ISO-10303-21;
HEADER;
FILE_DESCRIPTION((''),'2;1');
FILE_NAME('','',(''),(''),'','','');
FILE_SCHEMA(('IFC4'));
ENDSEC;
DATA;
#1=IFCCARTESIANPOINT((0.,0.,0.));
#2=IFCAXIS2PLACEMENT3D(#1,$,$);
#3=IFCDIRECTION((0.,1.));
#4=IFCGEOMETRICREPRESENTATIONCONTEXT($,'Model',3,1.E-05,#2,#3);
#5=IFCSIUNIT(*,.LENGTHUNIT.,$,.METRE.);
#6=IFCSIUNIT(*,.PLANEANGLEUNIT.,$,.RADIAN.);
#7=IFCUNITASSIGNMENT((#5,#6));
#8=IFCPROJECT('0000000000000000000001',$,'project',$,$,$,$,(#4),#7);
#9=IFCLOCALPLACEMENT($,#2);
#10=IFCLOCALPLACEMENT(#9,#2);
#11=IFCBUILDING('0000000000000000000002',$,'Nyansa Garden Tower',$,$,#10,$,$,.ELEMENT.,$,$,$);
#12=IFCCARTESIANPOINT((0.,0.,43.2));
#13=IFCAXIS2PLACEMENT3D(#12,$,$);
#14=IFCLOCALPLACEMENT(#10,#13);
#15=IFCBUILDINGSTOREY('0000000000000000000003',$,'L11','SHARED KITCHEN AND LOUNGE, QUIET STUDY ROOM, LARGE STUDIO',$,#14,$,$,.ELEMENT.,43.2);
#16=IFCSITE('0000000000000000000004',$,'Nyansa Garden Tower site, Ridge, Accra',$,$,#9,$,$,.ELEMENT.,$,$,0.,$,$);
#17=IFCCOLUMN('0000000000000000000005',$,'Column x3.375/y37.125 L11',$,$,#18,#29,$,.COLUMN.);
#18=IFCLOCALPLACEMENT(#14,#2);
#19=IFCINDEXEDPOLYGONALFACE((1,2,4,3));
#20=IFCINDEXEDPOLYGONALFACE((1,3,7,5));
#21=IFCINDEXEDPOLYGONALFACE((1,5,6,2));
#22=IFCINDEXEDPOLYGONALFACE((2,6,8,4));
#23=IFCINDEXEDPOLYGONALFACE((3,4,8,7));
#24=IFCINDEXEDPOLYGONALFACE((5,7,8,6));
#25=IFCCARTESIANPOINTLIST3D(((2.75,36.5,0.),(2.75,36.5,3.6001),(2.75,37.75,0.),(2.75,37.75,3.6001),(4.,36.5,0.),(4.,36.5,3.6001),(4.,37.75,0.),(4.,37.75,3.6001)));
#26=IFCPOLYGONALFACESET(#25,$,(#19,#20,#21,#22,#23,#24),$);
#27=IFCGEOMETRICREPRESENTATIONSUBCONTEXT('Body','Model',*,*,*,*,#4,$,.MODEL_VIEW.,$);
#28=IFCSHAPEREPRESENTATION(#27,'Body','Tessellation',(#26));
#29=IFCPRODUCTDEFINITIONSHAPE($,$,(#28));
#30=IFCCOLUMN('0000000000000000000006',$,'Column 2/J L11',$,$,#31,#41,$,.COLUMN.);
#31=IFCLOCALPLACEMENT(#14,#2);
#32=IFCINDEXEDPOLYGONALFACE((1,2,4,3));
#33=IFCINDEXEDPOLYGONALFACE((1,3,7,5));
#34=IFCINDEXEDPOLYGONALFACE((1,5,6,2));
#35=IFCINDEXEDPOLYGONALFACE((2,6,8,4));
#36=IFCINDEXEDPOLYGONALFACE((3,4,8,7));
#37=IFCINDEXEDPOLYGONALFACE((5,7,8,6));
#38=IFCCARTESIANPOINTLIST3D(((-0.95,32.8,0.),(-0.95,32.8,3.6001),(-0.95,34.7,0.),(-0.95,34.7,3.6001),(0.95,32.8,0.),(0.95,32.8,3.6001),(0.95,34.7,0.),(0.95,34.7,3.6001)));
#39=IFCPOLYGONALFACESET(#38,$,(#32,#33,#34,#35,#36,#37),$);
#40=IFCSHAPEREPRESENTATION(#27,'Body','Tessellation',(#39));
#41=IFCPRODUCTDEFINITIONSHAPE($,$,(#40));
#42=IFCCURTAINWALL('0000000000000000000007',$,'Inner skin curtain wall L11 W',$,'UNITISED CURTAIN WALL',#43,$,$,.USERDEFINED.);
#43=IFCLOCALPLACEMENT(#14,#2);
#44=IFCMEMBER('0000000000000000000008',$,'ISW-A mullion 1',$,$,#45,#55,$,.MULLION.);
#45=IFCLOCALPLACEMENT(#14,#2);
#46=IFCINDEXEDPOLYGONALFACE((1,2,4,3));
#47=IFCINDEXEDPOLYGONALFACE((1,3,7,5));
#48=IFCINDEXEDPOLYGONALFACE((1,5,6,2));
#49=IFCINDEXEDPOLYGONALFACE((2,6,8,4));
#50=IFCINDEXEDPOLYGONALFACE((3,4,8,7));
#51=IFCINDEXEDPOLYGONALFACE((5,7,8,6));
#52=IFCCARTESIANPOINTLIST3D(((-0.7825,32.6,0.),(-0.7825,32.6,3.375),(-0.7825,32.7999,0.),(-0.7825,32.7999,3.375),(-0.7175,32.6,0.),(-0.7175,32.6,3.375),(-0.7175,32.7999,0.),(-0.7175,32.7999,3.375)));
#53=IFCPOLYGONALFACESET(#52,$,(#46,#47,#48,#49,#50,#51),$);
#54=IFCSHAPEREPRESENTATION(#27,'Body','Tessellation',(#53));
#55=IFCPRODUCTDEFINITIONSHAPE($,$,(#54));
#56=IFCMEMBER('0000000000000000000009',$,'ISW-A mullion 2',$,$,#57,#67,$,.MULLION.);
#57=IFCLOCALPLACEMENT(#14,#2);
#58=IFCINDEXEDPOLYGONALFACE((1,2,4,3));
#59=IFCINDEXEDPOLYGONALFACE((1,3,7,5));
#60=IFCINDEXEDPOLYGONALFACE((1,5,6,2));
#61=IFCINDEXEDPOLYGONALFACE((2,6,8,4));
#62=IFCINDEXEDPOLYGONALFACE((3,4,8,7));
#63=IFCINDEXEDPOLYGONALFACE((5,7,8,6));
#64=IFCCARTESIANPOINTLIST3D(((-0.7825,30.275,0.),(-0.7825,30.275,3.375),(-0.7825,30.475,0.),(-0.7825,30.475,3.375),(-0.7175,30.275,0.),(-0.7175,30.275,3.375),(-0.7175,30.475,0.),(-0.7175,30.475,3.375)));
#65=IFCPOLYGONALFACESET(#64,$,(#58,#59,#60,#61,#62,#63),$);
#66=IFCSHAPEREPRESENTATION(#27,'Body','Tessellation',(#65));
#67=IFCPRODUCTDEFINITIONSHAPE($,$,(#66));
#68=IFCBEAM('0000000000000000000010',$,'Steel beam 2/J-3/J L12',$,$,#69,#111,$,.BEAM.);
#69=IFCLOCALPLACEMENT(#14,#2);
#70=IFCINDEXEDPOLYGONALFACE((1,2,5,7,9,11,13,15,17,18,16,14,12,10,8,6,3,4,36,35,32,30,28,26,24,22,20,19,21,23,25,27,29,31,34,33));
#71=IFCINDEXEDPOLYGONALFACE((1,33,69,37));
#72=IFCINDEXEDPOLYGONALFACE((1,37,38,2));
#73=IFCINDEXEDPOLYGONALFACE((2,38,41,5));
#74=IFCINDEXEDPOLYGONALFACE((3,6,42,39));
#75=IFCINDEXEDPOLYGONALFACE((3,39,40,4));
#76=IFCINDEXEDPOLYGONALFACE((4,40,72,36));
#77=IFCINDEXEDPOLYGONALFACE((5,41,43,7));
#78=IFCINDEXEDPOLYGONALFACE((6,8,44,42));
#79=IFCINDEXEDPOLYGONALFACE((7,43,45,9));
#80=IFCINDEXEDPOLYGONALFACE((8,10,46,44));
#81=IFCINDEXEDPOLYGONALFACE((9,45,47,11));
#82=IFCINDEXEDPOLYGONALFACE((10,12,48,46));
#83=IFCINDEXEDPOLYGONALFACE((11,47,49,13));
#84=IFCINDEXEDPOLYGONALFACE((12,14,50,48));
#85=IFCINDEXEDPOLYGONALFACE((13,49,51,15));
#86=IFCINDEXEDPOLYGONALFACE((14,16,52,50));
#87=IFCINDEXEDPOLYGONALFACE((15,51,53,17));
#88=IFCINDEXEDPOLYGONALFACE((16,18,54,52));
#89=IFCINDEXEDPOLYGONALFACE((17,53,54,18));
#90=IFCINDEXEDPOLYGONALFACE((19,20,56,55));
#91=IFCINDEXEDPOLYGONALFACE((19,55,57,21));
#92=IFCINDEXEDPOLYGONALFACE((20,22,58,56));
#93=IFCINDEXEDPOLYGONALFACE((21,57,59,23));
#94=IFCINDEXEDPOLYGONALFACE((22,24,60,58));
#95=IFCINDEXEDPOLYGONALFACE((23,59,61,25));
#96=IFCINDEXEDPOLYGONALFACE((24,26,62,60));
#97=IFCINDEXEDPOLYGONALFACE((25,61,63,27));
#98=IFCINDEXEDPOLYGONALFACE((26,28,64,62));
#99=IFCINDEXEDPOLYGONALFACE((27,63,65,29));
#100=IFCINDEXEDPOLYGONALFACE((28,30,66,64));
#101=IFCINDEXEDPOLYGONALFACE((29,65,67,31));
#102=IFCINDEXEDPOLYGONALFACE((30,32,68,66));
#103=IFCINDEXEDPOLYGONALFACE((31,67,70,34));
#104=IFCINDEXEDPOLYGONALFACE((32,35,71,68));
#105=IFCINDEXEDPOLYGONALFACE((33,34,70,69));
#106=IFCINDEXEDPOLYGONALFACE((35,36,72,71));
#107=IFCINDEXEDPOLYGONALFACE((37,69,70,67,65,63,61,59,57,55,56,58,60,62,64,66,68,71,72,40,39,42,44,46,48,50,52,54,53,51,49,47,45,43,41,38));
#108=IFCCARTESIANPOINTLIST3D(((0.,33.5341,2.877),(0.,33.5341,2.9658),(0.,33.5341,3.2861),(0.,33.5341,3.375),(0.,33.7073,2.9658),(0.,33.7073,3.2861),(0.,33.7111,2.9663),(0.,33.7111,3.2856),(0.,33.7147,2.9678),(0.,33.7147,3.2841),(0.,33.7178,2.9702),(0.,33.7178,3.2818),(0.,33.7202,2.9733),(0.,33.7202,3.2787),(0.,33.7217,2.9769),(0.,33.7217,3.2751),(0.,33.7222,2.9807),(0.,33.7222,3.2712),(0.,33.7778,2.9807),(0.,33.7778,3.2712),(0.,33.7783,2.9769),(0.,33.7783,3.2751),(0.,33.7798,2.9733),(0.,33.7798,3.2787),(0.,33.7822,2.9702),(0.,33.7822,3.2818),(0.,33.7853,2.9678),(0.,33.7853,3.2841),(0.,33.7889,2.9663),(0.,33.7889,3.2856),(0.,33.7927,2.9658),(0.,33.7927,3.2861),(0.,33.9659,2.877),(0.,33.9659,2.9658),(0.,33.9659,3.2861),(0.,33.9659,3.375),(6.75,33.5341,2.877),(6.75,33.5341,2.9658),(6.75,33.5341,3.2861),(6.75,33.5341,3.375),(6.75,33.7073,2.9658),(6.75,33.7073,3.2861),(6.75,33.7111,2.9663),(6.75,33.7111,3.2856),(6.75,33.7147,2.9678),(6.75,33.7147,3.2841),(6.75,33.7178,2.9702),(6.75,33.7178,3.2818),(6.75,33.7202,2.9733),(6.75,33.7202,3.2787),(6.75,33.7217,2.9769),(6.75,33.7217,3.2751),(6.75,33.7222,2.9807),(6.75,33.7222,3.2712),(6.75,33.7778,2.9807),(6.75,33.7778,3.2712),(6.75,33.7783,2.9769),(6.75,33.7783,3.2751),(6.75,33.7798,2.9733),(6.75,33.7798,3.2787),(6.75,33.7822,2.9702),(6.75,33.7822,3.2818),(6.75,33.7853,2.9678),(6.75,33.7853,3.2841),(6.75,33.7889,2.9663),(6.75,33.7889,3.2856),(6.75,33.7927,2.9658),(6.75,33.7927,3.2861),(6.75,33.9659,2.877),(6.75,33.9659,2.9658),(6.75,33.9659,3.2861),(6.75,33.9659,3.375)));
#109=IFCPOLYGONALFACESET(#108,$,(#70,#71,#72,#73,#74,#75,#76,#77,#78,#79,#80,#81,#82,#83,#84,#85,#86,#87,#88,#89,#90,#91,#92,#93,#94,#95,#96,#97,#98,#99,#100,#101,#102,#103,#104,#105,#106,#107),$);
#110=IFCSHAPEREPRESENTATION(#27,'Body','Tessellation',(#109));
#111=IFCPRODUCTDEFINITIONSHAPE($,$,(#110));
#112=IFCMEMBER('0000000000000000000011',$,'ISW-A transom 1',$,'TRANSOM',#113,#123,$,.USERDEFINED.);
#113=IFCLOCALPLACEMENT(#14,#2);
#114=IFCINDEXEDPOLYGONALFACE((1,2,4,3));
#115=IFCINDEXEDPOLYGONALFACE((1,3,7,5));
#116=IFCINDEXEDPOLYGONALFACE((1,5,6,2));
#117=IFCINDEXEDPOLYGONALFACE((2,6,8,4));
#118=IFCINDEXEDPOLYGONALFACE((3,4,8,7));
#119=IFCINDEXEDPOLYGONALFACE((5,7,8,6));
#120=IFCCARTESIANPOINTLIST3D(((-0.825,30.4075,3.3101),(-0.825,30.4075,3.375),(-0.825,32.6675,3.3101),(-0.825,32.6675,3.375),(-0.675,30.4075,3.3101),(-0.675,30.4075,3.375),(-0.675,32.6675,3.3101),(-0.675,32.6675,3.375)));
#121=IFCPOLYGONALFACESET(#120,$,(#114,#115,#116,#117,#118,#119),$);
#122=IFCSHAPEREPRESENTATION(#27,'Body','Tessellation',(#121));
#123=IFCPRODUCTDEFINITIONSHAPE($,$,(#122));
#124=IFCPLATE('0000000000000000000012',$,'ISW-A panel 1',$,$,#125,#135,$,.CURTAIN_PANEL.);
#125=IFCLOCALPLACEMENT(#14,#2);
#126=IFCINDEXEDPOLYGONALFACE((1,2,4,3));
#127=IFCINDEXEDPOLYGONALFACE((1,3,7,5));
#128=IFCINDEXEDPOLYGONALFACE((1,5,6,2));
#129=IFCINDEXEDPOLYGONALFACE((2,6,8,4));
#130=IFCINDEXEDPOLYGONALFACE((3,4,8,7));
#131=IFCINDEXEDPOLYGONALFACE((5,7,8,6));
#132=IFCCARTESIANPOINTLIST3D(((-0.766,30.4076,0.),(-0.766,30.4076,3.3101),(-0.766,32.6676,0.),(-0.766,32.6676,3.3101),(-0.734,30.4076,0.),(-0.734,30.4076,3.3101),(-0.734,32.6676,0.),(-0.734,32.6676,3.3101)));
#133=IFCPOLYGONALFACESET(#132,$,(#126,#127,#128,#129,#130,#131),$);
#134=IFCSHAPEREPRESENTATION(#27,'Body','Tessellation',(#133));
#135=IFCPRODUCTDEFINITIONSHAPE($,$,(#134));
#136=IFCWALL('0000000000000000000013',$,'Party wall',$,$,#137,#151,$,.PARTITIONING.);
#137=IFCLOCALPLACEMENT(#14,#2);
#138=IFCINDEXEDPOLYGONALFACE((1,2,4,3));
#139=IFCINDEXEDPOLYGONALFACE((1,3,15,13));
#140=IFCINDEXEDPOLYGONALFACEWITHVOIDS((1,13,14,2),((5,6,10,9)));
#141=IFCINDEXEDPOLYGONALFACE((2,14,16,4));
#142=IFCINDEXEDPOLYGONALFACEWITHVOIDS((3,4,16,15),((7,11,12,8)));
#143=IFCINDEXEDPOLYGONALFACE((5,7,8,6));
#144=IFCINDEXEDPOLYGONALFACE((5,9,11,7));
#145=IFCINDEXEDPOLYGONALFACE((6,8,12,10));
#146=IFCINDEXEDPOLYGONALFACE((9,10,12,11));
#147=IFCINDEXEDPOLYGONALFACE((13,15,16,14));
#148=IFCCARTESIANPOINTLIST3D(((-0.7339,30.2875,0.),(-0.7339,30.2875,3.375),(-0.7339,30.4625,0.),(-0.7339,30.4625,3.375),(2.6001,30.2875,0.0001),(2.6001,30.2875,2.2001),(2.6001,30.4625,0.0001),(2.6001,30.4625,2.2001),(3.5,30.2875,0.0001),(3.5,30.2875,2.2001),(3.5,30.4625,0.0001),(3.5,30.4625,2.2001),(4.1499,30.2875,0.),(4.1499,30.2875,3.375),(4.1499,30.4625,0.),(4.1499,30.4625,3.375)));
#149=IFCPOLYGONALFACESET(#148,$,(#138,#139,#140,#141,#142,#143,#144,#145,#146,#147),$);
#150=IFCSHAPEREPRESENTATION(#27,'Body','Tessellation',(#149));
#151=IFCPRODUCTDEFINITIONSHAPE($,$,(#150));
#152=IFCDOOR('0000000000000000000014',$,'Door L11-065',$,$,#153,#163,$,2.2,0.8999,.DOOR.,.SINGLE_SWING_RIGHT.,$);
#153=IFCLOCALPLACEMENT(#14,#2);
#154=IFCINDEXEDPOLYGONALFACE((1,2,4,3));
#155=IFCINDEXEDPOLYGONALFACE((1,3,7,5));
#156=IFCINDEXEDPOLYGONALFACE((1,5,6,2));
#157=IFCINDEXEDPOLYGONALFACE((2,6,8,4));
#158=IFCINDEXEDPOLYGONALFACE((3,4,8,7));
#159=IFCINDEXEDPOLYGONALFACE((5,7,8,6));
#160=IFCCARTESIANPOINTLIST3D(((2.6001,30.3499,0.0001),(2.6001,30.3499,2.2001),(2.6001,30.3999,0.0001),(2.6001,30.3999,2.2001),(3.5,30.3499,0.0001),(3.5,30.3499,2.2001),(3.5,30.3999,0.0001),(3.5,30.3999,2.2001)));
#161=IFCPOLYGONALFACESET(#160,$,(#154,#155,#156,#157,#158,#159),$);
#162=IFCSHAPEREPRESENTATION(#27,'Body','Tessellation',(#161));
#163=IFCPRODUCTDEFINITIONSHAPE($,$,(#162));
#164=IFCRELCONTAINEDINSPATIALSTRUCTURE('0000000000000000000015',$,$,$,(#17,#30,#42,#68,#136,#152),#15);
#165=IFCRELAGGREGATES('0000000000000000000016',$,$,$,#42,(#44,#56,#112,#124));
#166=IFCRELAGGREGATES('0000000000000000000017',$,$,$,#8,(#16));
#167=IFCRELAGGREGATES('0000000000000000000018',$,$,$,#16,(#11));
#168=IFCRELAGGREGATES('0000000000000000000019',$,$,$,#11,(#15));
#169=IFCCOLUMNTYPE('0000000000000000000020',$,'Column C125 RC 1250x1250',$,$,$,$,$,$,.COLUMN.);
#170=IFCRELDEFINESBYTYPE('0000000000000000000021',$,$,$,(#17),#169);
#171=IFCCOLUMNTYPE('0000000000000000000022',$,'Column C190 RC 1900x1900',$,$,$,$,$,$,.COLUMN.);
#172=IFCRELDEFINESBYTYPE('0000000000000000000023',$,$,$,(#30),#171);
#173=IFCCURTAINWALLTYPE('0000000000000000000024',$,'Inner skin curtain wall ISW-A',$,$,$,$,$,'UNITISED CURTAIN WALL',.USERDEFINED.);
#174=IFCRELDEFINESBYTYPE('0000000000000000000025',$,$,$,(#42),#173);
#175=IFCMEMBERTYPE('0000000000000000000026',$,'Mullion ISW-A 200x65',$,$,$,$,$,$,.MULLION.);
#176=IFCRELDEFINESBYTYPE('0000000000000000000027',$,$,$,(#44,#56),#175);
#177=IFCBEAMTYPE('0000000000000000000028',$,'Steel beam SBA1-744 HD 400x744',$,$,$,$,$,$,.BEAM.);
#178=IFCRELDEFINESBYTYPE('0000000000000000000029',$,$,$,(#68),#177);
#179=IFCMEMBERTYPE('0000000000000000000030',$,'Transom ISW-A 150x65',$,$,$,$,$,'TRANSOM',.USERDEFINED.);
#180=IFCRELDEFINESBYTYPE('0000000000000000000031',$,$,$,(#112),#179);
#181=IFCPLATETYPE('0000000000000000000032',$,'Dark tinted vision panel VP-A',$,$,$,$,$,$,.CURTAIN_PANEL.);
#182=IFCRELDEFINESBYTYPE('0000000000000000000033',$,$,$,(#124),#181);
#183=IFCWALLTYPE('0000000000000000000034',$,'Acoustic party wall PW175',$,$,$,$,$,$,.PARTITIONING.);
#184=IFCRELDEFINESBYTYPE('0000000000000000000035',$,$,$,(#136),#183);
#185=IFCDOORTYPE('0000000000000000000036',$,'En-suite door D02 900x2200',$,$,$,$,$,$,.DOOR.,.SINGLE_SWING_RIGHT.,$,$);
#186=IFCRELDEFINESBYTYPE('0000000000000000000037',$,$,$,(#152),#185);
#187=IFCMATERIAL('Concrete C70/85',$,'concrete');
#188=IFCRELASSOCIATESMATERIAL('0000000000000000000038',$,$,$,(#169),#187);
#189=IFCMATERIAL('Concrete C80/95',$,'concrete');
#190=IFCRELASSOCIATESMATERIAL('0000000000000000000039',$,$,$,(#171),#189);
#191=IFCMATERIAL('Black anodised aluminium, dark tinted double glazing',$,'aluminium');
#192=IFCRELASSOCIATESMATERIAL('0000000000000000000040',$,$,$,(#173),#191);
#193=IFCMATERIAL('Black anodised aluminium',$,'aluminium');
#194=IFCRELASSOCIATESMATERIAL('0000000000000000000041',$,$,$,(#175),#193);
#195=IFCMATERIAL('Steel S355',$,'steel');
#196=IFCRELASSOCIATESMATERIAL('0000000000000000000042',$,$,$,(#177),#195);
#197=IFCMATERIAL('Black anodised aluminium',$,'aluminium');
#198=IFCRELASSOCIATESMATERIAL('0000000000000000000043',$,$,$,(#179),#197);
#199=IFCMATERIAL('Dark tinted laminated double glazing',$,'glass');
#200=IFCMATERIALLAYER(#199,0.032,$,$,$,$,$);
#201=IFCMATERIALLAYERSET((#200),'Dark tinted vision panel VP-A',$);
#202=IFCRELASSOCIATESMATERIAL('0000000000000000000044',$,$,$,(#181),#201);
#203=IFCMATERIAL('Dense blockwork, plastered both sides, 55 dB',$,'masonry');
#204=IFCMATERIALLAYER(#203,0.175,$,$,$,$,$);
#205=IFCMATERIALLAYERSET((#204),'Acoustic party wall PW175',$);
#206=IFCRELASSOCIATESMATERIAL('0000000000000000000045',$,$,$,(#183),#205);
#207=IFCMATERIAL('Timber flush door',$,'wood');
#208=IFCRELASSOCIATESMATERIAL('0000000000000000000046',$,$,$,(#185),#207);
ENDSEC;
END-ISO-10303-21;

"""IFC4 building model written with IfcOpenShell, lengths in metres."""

from ifc_helpers import new_model, si_unit, direction, frame, frame_2d, origin, origin_2d, place, context, subcontext, project, spatial, rectangle, i_section, extrude, material, layer, layer_set, material_profile, profile_set, type_object, element, fill, aggregate, save


model = new_model("IFC4")

# Units and contexts
model_context = context("Model", 3, precision=1e-05, world=origin(), true_north=direction((0.0, 1.0)))
body_context = subcontext(model_context, "Body", "Model", "MODEL_VIEW")
ifc_project = project(units=[si_unit("LENGTHUNIT", "METRE"), si_unit("PLANEANGLEUNIT", "RADIAN")], contexts=[model_context])

# Site, building, storey
site_placement = place(None, origin())
site = spatial("IfcSite", under=ifc_project, at=site_placement, Name="Nyansa Garden Tower site, Ridge, Accra", CompositionType="ELEMENT", RefElevation=0.0)
building_placement = place(site_placement, origin())
building = spatial("IfcBuilding", under=site, at=building_placement, Name="Nyansa Garden Tower", CompositionType="ELEMENT")
storey_placement = place(building_placement, frame((0.0, 0.0, 43.2)))
storey = spatial("IfcBuildingStorey", under=building, at=storey_placement, Name="L11", Description="SHARED KITCHEN AND LOUNGE, QUIET STUDY ROOM, LARGE STUDIO", CompositionType="ELEMENT", Elevation=43.2)

# Columns
ifc_material_1 = material(Name="Concrete C70/85", Category="concrete")
ifc_material_profile_1 = material_profile(ifc_material_1, rectangle(XDim=1.25, YDim=1.25, at=origin_2d()), Name="RC 1250x1250")
ifc_profile_set_1 = profile_set([ifc_material_profile_1], Name="Concrete C70/85")
column_type_1 = type_object("IfcColumnType", Name="Column C125 RC 1250x1250", PredefinedType="COLUMN", material=ifc_profile_set_1)
column_1_placement = place(storey_placement, frame((3.375, 37.125, 0.0), z_axis=(0.0, 0.0, 1.0), x_axis=(1.0, 0.0, 0.0)))
element("IfcColumn", 1, at=column_1_placement, inside=storey, type_object=column_type_1, Name="Column x3.375/y37.125 L11", PredefinedType="COLUMN", context=body_context, shape_type="SweptSolid", body=[
    extrude(rectangle(XDim=1.25, YDim=1.25, at=origin_2d()), origin(), (0.0, 0.0, 1.0), 3.6001),
])
ifc_material_2 = material(Name="Concrete C80/95", Category="concrete")
ifc_material_profile_2 = material_profile(ifc_material_2, rectangle(XDim=1.8999, YDim=1.8999, at=origin_2d()), Name="RC 1900x1900")
ifc_profile_set_2 = profile_set([ifc_material_profile_2], Name="Concrete C80/95")
column_type_2 = type_object("IfcColumnType", Name="Column C190 RC 1900x1900", PredefinedType="COLUMN", material=ifc_profile_set_2)
column_2_placement = place(storey_placement, frame((0.0, 33.75, 0.0), z_axis=(0.0, 0.0, 1.0), x_axis=(1.0, 0.0, 0.0)))
element("IfcColumn", 2, at=column_2_placement, inside=storey, type_object=column_type_2, Name="Column 2/J L11", PredefinedType="COLUMN", context=body_context, shape_type="SweptSolid", body=[
    extrude(rectangle(XDim=1.8999, YDim=1.8999, at=origin_2d()), origin(), (0.0, 0.0, 1.0), 3.6001),
])

# Curtain wall, members
ifc_material_3 = material(Name="Black anodised aluminium, dark tinted double glazing", Category="aluminium")
curtain_wall_type = type_object("IfcCurtainWallType", Name="Inner skin curtain wall ISW-A", ElementType="UNITISED CURTAIN WALL", PredefinedType="USERDEFINED", material=ifc_material_3)
curtain_wall_placement = place(storey_placement, origin())
curtain_wall = element("IfcCurtainWall", 3, at=curtain_wall_placement, inside=storey, type_object=curtain_wall_type, Name="Inner skin curtain wall L11 W", ObjectType="UNITISED CURTAIN WALL", PredefinedType="USERDEFINED")
ifc_material_4 = material(Name="Black anodised aluminium", Category="aluminium")
ifc_material_profile_3 = material_profile(ifc_material_4, rectangle(XDim=0.0649, YDim=0.2, at=origin_2d()), Name="Mullion 200x65")
ifc_profile_set_3 = profile_set([ifc_material_profile_3], Name="Black anodised aluminium")
member_type_1 = type_object("IfcMemberType", Name="Mullion ISW-A 200x65", PredefinedType="MULLION", material=ifc_profile_set_3)
member_1_placement = place(storey_placement, frame((-0.75, 32.7, 0.0), z_axis=(0.0, 0.0, 1.0), x_axis=(1.0, 0.0, 0.0)))
member_1 = element("IfcMember", 4, at=member_1_placement, type_object=member_type_1, Name="ISW-A mullion 1", PredefinedType="MULLION", context=body_context, shape_type="SweptSolid", body=[
    extrude(rectangle(XDim=0.0649, YDim=0.2, at=origin_2d()), origin(), (0.0, 0.0, 1.0), 3.375),
])
member_2_placement = place(storey_placement, frame((-0.75, 30.375, 0.0), z_axis=(0.0, 0.0, 1.0), x_axis=(1.0, 0.0, 0.0)))
member_2 = element("IfcMember", 5, at=member_2_placement, type_object=member_type_1, Name="ISW-A mullion 2", PredefinedType="MULLION", context=body_context, shape_type="SweptSolid", body=[
    extrude(rectangle(XDim=0.0649, YDim=0.2, at=origin_2d()), origin(), (0.0, 0.0, 1.0), 3.375),
])

# Beam
ifc_material_5 = material(Name="Steel S355", Category="steel")
ifc_material_profile_4 = material_profile(ifc_material_5, i_section(OverallWidth=0.4319, OverallDepth=0.498, WebThickness=0.0557, FlangeThickness=0.0889, FilletRadius=0.0149, at=origin_2d()), Name="HD 400x744")
ifc_profile_set_4 = profile_set([ifc_material_profile_4], Name="Steel S355")
beam_type = type_object("IfcBeamType", Name="Steel beam SBA1-744 HD 400x744", PredefinedType="BEAM", material=ifc_profile_set_4)
beam_placement = place(storey_placement, frame((0.0, 33.75, 3.126), z_axis=(1.0, 0.0, 0.0), x_axis=(0.0, 1.0, 0.0)))
element("IfcBeam", 6, at=beam_placement, inside=storey, type_object=beam_type, Name="Steel beam 2/J-3/J L12", PredefinedType="BEAM", context=body_context, shape_type="SweptSolid", body=[
    extrude(i_section(OverallWidth=0.4319, OverallDepth=0.498, WebThickness=0.0557, FlangeThickness=0.0889, FilletRadius=0.0149, at=origin_2d()), origin(), (0.0, 0.0, 1.0), 6.75),
])

# Member
ifc_material_6 = material(Name="Black anodised aluminium", Category="aluminium")
ifc_material_profile_5 = material_profile(ifc_material_6, rectangle(XDim=0.1499, YDim=0.0649, at=origin_2d()), Name="Transom 150x65")
ifc_profile_set_5 = profile_set([ifc_material_profile_5], Name="Black anodised aluminium")
member_type_2 = type_object("IfcMemberType", Name="Transom ISW-A 150x65", ElementType="TRANSOM", PredefinedType="USERDEFINED", material=ifc_profile_set_5)
member_3_placement = place(storey_placement, frame((-0.75, 32.6675, 3.3425), z_axis=(0.0, -1.0, 0.0), x_axis=(1.0, 0.0, 0.0)))
member_3 = element("IfcMember", 7, at=member_3_placement, type_object=member_type_2, Name="ISW-A transom 1", ObjectType="TRANSOM", PredefinedType="USERDEFINED", context=body_context, shape_type="SweptSolid", body=[
    extrude(rectangle(XDim=0.1499, YDim=0.0649, at=origin_2d()), origin(), (0.0, 0.0, 1.0), 2.26),
])

# Plate
ifc_material_7 = material(Name="Dark tinted laminated double glazing", Category="glass")
ifc_layer_1 = layer(ifc_material_7, 0.032)
ifc_layer_set_1 = layer_set([ifc_layer_1], Name="Dark tinted vision panel VP-A")
plate_type = type_object("IfcPlateType", Name="Dark tinted vision panel VP-A", PredefinedType="CURTAIN_PANEL", material=ifc_layer_set_1)
plate_placement = place(storey_placement, frame((-0.75, 31.5376, 0.0), z_axis=(0.0, 0.0, 1.0), x_axis=(0.0, -1.0, 0.0)))
plate = element("IfcPlate", 8, at=plate_placement, type_object=plate_type, Name="ISW-A panel 1", PredefinedType="CURTAIN_PANEL", context=body_context, shape_type="SweptSolid", body=[
    extrude(rectangle(XDim=2.26, YDim=0.032, at=origin_2d()), origin(), (0.0, 0.0, 1.0), 3.3101),
])
aggregate(curtain_wall, [member_1, member_2, member_3, plate])

# Wall, opening, door
ifc_material_8 = material(Name="Dense blockwork, plastered both sides, 55 dB", Category="masonry")
ifc_layer_2 = layer(ifc_material_8, 0.175)
ifc_layer_set_2 = layer_set([ifc_layer_2], Name="Acoustic party wall PW175")
wall_type_1 = type_object("IfcWallType", Name="Acoustic party wall PW175", PredefinedType="PARTITIONING", material=ifc_layer_set_2)
wall_1_placement = place(storey_placement, frame((-0.7339, 30.375, 0.0), z_axis=(0.0, 0.0, 1.0), x_axis=(1.0, 0.0, 0.0)))
wall_1 = element("IfcWall", 9, at=wall_1_placement, inside=storey, type_object=wall_type_1, Name="Party wall", PredefinedType="PARTITIONING", context=body_context, shape_type="SweptSolid", body=[
    extrude(rectangle(XDim=4.8838, YDim=0.175, at=frame_2d((2.4419, 0.0))), origin(), (0.0, 0.0, 1.0), 3.375),
])
opening_1_placement = place(wall_1_placement, frame((3.334, 0.0, 0.0)))
opening_1 = element("IfcOpeningElement", 10, at=opening_1_placement, cuts=wall_1, PredefinedType="OPENING", context=body_context, shape_type="SweptSolid", body=[
    extrude(rectangle(XDim=0.8999, YDim=2.2, at=frame_2d((0.45, 1.1001))), frame((0.0, 0.0974, 0.0), z_axis=(0.0, -1.0, 0.0), x_axis=(1.0, 0.0, 0.0)), (0.0, 0.0, 1.0), 0.1951),
])
ifc_material_9 = material(Name="Timber flush door", Category="wood")
door_type_1 = type_object("IfcDoorType", Name="En-suite door D02 900x2200", OperationType="SINGLE_SWING_RIGHT", PredefinedType="DOOR", material=ifc_material_9)
door_1_placement = place(opening_1_placement, origin())
door_1 = element("IfcDoor", 11, at=door_1_placement, inside=storey, type_object=door_type_1, Name="Door L11-065", OperationType="SINGLE_SWING_RIGHT", OverallHeight=2.2, OverallWidth=0.8999, PredefinedType="DOOR", context=body_context, shape_type="SweptSolid", body=[
    extrude(rectangle(XDim=0.8999, YDim=2.2, at=frame_2d((0.45, 1.1001))), frame((0.0, 0.0249, 0.0), z_axis=(0.0, -1.0, 0.0), x_axis=(1.0, 0.0, 0.0)), (0.0, 0.0, 1.0), 0.05),
])
fill(opening_1, door_1)

save(model, "model.ifc")
